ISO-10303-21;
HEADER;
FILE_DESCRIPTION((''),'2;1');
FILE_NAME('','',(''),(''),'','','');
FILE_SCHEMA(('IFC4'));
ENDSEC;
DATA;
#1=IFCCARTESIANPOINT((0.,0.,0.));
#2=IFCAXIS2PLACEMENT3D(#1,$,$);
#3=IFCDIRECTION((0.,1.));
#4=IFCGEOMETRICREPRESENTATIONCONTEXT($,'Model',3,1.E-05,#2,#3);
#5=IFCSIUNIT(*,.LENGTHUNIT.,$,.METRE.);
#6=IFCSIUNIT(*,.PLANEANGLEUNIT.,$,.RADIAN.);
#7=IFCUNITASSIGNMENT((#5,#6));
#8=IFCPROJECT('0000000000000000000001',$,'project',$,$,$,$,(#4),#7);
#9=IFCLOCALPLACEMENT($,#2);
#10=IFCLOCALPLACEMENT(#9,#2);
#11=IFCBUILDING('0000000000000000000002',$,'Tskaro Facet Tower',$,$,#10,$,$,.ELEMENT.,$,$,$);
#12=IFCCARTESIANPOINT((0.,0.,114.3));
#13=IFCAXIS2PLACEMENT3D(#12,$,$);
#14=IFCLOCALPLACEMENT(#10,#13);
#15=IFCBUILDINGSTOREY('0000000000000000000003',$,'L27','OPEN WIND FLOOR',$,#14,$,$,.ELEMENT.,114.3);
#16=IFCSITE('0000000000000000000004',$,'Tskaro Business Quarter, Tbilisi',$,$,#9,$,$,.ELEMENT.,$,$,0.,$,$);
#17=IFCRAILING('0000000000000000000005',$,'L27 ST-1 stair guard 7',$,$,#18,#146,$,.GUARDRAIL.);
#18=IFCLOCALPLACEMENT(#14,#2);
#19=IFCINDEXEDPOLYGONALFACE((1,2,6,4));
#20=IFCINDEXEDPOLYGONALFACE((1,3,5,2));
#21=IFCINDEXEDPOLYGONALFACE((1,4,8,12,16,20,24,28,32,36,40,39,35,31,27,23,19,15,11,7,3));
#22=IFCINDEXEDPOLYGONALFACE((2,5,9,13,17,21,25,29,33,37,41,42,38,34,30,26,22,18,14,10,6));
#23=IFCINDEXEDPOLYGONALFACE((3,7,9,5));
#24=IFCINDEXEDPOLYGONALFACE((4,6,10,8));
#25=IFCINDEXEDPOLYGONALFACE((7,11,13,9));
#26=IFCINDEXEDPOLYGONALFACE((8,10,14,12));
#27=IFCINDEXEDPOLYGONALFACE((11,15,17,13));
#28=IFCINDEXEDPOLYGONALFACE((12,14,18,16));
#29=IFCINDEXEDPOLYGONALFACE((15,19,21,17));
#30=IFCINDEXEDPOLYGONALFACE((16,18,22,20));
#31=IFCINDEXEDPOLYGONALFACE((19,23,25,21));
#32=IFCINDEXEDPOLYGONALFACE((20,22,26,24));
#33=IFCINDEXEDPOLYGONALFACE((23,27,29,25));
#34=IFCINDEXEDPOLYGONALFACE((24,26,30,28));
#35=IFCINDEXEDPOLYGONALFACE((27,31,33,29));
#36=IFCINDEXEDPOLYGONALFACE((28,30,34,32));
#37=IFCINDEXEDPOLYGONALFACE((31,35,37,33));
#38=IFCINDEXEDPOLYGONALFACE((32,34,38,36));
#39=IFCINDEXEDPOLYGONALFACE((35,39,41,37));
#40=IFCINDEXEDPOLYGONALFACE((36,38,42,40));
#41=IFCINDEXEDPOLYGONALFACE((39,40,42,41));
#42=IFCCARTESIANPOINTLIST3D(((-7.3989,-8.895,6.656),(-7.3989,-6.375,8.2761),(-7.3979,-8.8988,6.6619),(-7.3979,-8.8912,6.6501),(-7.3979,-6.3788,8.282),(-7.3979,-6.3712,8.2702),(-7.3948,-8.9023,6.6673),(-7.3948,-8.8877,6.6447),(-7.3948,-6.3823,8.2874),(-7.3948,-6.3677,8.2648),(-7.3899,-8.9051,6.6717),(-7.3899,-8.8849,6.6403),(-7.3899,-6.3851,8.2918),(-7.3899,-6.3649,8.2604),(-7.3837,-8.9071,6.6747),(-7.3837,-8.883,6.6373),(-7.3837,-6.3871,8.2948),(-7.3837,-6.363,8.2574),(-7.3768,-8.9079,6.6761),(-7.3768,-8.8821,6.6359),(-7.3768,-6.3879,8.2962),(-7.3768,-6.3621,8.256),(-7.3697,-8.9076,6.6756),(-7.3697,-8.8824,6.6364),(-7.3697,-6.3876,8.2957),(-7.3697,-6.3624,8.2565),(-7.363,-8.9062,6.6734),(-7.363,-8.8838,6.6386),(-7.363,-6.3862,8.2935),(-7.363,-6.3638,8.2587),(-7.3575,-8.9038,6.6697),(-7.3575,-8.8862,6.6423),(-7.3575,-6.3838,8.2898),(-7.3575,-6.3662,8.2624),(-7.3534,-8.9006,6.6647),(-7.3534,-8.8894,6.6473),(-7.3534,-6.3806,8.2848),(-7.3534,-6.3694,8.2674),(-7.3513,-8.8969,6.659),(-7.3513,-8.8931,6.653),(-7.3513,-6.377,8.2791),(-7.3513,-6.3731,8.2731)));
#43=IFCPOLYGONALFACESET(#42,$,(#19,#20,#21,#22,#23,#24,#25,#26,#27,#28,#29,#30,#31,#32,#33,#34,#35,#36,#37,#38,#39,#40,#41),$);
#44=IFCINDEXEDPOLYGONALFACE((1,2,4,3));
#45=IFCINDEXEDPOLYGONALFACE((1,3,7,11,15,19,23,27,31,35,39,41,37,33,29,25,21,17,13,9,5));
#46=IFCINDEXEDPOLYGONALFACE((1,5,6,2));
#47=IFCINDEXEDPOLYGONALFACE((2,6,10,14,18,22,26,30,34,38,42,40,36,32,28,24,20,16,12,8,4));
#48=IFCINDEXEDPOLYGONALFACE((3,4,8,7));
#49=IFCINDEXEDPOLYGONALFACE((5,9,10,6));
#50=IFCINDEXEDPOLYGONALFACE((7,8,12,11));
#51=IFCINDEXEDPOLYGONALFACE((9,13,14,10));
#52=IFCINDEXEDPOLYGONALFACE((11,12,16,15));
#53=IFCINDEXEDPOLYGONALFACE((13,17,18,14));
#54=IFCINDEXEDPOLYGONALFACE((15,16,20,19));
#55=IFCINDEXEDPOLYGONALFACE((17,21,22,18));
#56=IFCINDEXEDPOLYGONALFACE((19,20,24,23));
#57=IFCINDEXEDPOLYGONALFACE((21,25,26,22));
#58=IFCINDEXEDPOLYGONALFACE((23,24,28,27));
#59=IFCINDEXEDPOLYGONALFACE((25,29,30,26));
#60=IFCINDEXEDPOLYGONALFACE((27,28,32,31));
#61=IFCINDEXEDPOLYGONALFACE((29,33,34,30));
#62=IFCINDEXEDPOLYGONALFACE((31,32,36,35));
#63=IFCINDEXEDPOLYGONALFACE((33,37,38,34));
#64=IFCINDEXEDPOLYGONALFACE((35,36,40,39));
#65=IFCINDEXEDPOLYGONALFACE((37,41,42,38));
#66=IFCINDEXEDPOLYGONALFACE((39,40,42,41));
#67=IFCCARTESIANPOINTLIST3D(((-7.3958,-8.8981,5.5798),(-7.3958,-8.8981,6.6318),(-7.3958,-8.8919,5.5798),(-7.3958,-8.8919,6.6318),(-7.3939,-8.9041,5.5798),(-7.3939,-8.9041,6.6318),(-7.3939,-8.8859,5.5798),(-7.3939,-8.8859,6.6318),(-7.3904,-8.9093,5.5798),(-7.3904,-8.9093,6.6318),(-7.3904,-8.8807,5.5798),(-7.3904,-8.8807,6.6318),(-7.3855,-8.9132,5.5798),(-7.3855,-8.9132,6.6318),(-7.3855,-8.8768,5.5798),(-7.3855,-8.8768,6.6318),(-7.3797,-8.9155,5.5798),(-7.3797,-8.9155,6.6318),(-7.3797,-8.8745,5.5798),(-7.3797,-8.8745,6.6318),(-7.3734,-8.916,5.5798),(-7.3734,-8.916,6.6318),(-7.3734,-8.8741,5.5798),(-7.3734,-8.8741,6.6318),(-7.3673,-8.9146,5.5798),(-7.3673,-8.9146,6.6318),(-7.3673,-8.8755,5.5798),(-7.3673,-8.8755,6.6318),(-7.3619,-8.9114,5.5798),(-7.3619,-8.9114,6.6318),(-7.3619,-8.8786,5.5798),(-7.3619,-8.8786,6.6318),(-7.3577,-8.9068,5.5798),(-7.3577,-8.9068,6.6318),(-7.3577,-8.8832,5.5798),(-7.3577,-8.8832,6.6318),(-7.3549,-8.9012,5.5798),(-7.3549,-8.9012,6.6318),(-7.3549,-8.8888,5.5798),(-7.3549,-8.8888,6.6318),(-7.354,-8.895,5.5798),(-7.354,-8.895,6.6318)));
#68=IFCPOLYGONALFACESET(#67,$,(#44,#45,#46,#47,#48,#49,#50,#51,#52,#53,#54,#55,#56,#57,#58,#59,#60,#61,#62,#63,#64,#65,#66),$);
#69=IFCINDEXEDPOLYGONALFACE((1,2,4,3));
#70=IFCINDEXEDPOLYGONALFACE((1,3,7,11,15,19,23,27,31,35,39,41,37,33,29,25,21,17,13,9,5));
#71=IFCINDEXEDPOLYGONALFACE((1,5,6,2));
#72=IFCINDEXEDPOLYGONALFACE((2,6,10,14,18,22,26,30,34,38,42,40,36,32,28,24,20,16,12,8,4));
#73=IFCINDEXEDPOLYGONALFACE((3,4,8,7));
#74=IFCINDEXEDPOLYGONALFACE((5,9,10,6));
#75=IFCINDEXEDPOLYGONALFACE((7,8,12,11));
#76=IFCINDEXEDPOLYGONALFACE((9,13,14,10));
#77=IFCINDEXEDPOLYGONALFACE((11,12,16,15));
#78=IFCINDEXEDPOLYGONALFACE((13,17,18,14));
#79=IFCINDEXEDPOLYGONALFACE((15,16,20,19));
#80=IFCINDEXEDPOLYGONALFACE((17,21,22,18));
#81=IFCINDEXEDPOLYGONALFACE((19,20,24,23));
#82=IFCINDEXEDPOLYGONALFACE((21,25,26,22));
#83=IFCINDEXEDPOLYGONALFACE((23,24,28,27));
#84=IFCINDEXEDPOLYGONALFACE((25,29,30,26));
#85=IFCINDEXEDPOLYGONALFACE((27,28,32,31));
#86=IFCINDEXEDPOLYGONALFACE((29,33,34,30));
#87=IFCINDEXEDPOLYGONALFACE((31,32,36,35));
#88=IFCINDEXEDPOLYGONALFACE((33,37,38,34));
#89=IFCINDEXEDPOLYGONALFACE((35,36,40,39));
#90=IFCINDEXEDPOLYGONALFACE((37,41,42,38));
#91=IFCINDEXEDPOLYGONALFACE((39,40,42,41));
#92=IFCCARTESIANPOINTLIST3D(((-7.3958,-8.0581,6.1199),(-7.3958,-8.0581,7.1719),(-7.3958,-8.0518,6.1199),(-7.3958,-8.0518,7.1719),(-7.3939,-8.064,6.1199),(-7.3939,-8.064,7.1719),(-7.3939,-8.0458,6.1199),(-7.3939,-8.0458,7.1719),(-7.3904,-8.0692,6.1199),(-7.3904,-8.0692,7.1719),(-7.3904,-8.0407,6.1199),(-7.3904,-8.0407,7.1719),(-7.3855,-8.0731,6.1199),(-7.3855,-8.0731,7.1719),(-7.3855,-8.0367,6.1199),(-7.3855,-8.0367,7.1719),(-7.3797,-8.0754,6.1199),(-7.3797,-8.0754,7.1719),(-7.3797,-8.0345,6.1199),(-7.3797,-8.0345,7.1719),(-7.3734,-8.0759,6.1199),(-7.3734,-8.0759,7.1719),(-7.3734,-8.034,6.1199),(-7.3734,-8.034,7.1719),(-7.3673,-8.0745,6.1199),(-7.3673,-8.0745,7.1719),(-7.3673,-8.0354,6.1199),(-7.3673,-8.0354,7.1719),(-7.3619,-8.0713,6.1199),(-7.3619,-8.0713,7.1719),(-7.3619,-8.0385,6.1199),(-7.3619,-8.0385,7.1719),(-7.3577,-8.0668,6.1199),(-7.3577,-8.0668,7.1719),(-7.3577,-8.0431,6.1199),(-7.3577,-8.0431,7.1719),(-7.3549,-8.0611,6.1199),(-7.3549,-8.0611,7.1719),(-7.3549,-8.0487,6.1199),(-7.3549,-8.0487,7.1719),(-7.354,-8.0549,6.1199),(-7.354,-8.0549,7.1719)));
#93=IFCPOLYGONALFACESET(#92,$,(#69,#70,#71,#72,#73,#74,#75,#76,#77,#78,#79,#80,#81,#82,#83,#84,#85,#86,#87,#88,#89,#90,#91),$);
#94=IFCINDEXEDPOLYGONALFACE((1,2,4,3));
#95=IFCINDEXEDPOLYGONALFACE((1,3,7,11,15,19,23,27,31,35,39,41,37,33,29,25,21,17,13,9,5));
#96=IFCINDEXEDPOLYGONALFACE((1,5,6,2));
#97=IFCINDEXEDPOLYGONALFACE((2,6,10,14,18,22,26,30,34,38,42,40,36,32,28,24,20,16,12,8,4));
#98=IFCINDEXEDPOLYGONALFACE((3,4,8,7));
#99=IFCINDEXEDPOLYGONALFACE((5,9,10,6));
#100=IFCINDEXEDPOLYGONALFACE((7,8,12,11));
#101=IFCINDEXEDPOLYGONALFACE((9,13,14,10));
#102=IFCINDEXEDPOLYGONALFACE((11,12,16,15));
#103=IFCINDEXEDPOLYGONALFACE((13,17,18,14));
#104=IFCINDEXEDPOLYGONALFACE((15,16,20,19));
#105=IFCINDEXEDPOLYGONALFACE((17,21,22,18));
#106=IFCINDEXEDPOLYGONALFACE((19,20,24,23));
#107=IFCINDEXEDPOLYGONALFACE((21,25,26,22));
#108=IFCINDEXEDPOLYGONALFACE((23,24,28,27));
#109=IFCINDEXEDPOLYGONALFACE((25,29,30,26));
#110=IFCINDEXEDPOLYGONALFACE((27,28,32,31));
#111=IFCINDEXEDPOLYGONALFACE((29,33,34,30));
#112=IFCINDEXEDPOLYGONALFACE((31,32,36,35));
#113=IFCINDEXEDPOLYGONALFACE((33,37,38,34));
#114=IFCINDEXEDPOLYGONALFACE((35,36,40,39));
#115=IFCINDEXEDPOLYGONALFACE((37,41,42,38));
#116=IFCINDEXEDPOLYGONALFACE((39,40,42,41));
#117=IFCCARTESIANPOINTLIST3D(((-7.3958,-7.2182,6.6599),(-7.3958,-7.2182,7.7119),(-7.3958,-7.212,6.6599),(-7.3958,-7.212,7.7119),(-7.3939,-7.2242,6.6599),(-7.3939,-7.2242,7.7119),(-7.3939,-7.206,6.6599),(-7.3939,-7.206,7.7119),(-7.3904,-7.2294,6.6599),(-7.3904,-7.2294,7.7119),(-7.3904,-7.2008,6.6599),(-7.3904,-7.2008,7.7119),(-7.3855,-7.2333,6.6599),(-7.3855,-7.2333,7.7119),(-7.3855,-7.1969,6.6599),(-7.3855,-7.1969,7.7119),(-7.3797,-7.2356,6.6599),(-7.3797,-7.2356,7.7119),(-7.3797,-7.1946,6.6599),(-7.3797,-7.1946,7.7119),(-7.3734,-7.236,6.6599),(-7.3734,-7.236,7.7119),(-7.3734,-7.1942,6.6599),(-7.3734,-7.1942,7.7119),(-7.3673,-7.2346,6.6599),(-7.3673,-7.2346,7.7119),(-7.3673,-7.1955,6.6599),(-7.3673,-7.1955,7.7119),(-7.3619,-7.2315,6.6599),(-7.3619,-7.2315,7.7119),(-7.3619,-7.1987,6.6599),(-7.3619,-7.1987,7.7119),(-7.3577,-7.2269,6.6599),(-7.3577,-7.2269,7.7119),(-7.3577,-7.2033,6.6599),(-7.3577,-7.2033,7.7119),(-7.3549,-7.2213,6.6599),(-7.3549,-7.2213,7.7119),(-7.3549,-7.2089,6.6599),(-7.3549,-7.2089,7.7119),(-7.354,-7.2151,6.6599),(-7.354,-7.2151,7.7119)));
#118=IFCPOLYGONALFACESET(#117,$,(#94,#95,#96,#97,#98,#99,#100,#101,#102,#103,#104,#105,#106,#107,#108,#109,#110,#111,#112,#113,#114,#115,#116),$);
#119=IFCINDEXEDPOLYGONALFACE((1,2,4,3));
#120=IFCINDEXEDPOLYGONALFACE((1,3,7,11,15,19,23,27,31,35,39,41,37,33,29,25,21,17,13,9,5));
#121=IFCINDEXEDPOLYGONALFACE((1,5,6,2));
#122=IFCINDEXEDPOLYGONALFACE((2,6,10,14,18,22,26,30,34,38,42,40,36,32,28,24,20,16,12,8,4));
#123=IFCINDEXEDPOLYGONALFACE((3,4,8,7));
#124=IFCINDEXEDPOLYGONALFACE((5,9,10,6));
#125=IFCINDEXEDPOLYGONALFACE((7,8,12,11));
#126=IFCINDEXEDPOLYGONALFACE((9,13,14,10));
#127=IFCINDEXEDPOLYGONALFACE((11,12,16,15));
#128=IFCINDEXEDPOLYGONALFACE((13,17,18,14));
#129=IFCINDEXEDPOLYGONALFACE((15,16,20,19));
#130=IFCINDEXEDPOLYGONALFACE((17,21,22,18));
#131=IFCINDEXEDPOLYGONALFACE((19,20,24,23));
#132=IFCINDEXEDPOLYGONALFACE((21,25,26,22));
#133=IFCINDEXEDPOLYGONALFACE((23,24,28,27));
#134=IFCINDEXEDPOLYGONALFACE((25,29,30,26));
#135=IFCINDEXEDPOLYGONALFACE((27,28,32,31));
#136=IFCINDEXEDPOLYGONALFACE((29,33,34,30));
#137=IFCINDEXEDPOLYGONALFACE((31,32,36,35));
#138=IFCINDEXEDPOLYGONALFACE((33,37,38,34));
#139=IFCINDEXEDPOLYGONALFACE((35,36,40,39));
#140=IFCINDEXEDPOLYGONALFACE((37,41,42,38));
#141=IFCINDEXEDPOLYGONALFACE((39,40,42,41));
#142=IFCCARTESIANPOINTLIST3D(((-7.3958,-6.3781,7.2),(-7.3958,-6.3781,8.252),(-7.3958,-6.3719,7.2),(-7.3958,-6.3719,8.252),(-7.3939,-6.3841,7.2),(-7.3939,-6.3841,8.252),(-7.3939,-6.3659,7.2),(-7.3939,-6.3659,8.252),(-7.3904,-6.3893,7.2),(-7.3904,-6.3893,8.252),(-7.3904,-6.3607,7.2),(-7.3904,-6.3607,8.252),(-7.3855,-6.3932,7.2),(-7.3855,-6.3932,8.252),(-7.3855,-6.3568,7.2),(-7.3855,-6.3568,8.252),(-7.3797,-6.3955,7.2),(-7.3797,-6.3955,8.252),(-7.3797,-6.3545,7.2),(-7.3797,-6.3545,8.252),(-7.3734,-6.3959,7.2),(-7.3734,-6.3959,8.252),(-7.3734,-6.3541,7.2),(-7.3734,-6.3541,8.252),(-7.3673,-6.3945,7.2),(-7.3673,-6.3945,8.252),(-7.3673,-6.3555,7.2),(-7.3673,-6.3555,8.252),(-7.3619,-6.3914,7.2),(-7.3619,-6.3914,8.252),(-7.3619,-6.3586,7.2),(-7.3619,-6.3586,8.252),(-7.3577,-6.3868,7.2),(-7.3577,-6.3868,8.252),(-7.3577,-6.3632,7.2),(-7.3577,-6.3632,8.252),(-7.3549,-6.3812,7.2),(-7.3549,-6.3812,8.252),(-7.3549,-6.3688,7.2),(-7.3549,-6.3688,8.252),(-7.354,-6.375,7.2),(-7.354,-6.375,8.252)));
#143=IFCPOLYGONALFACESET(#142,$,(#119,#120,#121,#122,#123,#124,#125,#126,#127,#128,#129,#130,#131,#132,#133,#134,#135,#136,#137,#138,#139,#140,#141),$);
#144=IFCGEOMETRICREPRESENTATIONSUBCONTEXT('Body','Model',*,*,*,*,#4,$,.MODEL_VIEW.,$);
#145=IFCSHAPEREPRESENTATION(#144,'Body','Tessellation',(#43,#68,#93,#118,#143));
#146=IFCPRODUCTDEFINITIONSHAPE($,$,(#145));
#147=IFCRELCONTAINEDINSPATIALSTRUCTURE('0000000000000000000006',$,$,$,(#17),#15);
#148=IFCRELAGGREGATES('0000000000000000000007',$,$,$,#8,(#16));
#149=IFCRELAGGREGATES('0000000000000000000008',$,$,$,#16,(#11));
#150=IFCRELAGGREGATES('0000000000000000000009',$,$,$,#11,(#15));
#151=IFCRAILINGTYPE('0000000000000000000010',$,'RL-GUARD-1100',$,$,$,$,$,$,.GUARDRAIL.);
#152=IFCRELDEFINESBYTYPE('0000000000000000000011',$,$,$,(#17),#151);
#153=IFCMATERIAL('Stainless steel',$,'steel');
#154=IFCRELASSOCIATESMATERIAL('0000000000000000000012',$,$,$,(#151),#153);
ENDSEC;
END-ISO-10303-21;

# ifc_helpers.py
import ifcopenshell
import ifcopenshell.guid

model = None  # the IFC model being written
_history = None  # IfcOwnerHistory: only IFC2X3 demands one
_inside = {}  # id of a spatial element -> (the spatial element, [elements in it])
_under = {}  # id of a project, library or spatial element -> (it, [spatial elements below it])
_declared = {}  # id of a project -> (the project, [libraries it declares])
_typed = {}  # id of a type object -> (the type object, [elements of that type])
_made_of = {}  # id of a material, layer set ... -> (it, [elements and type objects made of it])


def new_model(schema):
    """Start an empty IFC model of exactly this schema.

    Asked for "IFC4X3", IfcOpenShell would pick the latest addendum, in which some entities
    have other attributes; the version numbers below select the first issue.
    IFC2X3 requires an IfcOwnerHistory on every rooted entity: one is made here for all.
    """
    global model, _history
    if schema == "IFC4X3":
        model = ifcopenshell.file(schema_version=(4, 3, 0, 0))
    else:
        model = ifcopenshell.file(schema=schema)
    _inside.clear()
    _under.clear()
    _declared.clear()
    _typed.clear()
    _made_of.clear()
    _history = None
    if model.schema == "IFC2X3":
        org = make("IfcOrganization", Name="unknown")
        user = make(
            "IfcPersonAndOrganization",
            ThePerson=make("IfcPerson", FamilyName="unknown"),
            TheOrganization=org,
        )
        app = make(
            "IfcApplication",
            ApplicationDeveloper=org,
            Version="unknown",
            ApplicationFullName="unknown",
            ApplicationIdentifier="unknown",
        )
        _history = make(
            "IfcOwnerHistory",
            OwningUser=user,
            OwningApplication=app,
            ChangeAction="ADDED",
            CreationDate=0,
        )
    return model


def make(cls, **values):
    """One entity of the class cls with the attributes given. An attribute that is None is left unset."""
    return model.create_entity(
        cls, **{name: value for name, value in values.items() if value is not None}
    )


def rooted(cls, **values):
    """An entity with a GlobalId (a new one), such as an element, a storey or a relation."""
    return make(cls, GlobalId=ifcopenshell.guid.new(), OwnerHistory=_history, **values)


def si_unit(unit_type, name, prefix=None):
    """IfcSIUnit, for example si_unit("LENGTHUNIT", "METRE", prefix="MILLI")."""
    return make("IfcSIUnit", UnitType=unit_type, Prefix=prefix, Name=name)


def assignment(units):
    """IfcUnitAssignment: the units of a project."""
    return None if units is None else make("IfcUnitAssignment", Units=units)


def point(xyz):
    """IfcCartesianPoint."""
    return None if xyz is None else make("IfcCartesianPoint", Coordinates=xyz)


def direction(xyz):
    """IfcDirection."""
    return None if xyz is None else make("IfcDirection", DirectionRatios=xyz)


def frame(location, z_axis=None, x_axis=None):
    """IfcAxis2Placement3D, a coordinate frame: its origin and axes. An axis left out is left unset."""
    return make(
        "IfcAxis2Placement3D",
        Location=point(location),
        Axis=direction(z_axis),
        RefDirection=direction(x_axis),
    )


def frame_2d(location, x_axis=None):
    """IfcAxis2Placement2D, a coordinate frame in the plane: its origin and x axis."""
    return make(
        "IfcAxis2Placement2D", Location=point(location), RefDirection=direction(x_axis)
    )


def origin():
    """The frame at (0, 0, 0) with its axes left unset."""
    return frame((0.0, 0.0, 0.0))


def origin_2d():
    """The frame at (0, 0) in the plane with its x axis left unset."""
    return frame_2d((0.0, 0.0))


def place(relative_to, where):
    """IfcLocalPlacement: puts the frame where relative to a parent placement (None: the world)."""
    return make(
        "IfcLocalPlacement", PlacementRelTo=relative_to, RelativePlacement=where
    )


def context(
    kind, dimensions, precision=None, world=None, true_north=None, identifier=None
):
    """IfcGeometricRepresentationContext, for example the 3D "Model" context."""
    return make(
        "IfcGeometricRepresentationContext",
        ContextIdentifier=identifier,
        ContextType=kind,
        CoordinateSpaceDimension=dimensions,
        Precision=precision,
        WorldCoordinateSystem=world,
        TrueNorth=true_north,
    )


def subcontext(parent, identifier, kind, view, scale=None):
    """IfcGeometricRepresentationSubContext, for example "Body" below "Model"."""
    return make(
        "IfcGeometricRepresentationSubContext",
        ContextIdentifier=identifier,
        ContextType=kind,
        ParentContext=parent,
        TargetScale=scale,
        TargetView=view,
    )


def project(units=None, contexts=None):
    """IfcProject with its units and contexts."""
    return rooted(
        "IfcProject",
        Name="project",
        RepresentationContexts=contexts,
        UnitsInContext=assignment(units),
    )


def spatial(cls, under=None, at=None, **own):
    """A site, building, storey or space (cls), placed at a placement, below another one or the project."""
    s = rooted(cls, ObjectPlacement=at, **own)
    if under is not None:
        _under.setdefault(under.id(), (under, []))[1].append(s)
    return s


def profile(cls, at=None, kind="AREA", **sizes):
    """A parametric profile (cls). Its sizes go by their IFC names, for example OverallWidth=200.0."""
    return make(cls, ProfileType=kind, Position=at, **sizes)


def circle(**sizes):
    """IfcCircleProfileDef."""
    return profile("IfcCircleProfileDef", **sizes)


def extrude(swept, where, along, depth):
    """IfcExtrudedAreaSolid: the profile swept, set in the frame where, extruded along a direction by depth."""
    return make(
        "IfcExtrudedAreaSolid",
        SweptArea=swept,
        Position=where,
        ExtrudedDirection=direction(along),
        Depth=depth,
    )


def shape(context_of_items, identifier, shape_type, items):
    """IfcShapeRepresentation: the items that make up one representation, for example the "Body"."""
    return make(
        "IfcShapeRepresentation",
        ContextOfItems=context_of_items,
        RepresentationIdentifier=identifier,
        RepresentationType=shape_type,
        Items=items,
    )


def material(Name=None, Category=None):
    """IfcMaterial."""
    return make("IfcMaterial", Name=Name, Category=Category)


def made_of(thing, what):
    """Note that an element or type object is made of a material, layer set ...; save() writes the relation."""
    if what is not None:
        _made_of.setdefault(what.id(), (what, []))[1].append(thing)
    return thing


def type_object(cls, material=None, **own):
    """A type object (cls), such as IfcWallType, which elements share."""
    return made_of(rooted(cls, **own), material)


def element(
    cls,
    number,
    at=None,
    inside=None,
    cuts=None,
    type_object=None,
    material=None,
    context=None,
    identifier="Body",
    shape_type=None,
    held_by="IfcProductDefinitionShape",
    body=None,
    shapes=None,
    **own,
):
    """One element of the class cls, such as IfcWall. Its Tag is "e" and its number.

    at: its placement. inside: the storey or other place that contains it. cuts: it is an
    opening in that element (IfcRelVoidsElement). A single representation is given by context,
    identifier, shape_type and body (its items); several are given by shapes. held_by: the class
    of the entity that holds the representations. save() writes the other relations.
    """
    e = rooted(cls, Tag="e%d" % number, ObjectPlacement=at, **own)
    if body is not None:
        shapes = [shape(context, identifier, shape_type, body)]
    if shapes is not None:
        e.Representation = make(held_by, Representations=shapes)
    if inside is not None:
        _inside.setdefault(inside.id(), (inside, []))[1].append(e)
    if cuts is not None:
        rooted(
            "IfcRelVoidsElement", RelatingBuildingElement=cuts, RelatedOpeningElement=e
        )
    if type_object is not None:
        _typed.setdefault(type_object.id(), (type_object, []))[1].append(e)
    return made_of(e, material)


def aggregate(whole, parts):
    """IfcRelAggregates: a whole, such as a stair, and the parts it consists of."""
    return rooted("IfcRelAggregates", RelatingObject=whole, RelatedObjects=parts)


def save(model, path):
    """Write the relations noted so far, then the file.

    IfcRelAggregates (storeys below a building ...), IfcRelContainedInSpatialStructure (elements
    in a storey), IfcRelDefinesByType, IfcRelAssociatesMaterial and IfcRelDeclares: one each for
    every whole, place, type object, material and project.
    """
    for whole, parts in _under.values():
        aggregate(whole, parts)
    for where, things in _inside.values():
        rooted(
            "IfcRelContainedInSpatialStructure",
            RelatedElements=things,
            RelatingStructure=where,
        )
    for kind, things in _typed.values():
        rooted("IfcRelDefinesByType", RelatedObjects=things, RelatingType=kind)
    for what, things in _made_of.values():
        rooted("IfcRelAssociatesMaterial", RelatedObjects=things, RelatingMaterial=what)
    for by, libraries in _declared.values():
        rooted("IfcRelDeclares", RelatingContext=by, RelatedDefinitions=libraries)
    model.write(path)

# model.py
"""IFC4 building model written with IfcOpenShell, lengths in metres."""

from ifc_helpers import new_model, si_unit, direction, frame, origin, origin_2d, place, context, subcontext, project, spatial, circle, extrude, material, type_object, element, save


model = new_model("IFC4")

# Units and contexts
model_context = context("Model", 3, precision=1e-05, world=origin(), true_north=direction((0.0, 1.0)))
body_context = subcontext(model_context, "Body", "Model", "MODEL_VIEW")
ifc_project = project(units=[si_unit("LENGTHUNIT", "METRE"), si_unit("PLANEANGLEUNIT", "RADIAN")], contexts=[model_context])

# Site, building, storey
site_placement = place(None, origin())
site = spatial("IfcSite", under=ifc_project, at=site_placement, Name="Tskaro Business Quarter, Tbilisi", CompositionType="ELEMENT", RefElevation=0.0)
building_placement = place(site_placement, origin())
building = spatial("IfcBuilding", under=site, at=building_placement, Name="Tskaro Facet Tower", CompositionType="ELEMENT")
storey_placement = place(building_placement, frame((0.0, 0.0, 114.3)))
storey = spatial("IfcBuildingStorey", under=building, at=storey_placement, Name="L27", Description="OPEN WIND FLOOR", CompositionType="ELEMENT", Elevation=114.3)

# Shared definitions
ifc_material_1 = material(Name="Stainless steel", Category="steel")

# Railing
railing_type_1 = type_object("IfcRailingType", Name="RL-GUARD-1100", PredefinedType="GUARDRAIL", material=ifc_material_1)
railing_1_placement = place(storey_placement, frame((-7.375, -8.895, 5.5798)))
element("IfcRailing", 1, at=railing_1_placement, inside=storey, type_object=railing_type_1, Name="L27 ST-1 stair guard 7", PredefinedType="GUARDRAIL", context=body_context, shape_type="SweptSolid", body=[
    extrude(circle(Radius=0.0239, at=origin_2d()), frame((0.0, 0.0, 1.0762), z_axis=(0.0, 0.841163, 0.540782), x_axis=(-1.0, 0.0, 0.0)), (0.0, 0.0, 1.0), 2.9958),
    extrude(circle(Radius=0.021, at=origin_2d()), origin(), (0.0, 0.0, 1.0), 1.052),
    extrude(circle(Radius=0.021, at=origin_2d()), frame((0.0, 0.8401, 0.54)), (0.0, 0.0, 1.0), 1.052),
    extrude(circle(Radius=0.021, at=origin_2d()), frame((0.0, 1.6799, 1.0801)), (0.0, 0.0, 1.0), 1.052),
    extrude(circle(Radius=0.021, at=origin_2d()), frame((0.0, 2.52, 1.6201)), (0.0, 0.0, 1.0), 1.052),
])

save(model, "model.ifc")
